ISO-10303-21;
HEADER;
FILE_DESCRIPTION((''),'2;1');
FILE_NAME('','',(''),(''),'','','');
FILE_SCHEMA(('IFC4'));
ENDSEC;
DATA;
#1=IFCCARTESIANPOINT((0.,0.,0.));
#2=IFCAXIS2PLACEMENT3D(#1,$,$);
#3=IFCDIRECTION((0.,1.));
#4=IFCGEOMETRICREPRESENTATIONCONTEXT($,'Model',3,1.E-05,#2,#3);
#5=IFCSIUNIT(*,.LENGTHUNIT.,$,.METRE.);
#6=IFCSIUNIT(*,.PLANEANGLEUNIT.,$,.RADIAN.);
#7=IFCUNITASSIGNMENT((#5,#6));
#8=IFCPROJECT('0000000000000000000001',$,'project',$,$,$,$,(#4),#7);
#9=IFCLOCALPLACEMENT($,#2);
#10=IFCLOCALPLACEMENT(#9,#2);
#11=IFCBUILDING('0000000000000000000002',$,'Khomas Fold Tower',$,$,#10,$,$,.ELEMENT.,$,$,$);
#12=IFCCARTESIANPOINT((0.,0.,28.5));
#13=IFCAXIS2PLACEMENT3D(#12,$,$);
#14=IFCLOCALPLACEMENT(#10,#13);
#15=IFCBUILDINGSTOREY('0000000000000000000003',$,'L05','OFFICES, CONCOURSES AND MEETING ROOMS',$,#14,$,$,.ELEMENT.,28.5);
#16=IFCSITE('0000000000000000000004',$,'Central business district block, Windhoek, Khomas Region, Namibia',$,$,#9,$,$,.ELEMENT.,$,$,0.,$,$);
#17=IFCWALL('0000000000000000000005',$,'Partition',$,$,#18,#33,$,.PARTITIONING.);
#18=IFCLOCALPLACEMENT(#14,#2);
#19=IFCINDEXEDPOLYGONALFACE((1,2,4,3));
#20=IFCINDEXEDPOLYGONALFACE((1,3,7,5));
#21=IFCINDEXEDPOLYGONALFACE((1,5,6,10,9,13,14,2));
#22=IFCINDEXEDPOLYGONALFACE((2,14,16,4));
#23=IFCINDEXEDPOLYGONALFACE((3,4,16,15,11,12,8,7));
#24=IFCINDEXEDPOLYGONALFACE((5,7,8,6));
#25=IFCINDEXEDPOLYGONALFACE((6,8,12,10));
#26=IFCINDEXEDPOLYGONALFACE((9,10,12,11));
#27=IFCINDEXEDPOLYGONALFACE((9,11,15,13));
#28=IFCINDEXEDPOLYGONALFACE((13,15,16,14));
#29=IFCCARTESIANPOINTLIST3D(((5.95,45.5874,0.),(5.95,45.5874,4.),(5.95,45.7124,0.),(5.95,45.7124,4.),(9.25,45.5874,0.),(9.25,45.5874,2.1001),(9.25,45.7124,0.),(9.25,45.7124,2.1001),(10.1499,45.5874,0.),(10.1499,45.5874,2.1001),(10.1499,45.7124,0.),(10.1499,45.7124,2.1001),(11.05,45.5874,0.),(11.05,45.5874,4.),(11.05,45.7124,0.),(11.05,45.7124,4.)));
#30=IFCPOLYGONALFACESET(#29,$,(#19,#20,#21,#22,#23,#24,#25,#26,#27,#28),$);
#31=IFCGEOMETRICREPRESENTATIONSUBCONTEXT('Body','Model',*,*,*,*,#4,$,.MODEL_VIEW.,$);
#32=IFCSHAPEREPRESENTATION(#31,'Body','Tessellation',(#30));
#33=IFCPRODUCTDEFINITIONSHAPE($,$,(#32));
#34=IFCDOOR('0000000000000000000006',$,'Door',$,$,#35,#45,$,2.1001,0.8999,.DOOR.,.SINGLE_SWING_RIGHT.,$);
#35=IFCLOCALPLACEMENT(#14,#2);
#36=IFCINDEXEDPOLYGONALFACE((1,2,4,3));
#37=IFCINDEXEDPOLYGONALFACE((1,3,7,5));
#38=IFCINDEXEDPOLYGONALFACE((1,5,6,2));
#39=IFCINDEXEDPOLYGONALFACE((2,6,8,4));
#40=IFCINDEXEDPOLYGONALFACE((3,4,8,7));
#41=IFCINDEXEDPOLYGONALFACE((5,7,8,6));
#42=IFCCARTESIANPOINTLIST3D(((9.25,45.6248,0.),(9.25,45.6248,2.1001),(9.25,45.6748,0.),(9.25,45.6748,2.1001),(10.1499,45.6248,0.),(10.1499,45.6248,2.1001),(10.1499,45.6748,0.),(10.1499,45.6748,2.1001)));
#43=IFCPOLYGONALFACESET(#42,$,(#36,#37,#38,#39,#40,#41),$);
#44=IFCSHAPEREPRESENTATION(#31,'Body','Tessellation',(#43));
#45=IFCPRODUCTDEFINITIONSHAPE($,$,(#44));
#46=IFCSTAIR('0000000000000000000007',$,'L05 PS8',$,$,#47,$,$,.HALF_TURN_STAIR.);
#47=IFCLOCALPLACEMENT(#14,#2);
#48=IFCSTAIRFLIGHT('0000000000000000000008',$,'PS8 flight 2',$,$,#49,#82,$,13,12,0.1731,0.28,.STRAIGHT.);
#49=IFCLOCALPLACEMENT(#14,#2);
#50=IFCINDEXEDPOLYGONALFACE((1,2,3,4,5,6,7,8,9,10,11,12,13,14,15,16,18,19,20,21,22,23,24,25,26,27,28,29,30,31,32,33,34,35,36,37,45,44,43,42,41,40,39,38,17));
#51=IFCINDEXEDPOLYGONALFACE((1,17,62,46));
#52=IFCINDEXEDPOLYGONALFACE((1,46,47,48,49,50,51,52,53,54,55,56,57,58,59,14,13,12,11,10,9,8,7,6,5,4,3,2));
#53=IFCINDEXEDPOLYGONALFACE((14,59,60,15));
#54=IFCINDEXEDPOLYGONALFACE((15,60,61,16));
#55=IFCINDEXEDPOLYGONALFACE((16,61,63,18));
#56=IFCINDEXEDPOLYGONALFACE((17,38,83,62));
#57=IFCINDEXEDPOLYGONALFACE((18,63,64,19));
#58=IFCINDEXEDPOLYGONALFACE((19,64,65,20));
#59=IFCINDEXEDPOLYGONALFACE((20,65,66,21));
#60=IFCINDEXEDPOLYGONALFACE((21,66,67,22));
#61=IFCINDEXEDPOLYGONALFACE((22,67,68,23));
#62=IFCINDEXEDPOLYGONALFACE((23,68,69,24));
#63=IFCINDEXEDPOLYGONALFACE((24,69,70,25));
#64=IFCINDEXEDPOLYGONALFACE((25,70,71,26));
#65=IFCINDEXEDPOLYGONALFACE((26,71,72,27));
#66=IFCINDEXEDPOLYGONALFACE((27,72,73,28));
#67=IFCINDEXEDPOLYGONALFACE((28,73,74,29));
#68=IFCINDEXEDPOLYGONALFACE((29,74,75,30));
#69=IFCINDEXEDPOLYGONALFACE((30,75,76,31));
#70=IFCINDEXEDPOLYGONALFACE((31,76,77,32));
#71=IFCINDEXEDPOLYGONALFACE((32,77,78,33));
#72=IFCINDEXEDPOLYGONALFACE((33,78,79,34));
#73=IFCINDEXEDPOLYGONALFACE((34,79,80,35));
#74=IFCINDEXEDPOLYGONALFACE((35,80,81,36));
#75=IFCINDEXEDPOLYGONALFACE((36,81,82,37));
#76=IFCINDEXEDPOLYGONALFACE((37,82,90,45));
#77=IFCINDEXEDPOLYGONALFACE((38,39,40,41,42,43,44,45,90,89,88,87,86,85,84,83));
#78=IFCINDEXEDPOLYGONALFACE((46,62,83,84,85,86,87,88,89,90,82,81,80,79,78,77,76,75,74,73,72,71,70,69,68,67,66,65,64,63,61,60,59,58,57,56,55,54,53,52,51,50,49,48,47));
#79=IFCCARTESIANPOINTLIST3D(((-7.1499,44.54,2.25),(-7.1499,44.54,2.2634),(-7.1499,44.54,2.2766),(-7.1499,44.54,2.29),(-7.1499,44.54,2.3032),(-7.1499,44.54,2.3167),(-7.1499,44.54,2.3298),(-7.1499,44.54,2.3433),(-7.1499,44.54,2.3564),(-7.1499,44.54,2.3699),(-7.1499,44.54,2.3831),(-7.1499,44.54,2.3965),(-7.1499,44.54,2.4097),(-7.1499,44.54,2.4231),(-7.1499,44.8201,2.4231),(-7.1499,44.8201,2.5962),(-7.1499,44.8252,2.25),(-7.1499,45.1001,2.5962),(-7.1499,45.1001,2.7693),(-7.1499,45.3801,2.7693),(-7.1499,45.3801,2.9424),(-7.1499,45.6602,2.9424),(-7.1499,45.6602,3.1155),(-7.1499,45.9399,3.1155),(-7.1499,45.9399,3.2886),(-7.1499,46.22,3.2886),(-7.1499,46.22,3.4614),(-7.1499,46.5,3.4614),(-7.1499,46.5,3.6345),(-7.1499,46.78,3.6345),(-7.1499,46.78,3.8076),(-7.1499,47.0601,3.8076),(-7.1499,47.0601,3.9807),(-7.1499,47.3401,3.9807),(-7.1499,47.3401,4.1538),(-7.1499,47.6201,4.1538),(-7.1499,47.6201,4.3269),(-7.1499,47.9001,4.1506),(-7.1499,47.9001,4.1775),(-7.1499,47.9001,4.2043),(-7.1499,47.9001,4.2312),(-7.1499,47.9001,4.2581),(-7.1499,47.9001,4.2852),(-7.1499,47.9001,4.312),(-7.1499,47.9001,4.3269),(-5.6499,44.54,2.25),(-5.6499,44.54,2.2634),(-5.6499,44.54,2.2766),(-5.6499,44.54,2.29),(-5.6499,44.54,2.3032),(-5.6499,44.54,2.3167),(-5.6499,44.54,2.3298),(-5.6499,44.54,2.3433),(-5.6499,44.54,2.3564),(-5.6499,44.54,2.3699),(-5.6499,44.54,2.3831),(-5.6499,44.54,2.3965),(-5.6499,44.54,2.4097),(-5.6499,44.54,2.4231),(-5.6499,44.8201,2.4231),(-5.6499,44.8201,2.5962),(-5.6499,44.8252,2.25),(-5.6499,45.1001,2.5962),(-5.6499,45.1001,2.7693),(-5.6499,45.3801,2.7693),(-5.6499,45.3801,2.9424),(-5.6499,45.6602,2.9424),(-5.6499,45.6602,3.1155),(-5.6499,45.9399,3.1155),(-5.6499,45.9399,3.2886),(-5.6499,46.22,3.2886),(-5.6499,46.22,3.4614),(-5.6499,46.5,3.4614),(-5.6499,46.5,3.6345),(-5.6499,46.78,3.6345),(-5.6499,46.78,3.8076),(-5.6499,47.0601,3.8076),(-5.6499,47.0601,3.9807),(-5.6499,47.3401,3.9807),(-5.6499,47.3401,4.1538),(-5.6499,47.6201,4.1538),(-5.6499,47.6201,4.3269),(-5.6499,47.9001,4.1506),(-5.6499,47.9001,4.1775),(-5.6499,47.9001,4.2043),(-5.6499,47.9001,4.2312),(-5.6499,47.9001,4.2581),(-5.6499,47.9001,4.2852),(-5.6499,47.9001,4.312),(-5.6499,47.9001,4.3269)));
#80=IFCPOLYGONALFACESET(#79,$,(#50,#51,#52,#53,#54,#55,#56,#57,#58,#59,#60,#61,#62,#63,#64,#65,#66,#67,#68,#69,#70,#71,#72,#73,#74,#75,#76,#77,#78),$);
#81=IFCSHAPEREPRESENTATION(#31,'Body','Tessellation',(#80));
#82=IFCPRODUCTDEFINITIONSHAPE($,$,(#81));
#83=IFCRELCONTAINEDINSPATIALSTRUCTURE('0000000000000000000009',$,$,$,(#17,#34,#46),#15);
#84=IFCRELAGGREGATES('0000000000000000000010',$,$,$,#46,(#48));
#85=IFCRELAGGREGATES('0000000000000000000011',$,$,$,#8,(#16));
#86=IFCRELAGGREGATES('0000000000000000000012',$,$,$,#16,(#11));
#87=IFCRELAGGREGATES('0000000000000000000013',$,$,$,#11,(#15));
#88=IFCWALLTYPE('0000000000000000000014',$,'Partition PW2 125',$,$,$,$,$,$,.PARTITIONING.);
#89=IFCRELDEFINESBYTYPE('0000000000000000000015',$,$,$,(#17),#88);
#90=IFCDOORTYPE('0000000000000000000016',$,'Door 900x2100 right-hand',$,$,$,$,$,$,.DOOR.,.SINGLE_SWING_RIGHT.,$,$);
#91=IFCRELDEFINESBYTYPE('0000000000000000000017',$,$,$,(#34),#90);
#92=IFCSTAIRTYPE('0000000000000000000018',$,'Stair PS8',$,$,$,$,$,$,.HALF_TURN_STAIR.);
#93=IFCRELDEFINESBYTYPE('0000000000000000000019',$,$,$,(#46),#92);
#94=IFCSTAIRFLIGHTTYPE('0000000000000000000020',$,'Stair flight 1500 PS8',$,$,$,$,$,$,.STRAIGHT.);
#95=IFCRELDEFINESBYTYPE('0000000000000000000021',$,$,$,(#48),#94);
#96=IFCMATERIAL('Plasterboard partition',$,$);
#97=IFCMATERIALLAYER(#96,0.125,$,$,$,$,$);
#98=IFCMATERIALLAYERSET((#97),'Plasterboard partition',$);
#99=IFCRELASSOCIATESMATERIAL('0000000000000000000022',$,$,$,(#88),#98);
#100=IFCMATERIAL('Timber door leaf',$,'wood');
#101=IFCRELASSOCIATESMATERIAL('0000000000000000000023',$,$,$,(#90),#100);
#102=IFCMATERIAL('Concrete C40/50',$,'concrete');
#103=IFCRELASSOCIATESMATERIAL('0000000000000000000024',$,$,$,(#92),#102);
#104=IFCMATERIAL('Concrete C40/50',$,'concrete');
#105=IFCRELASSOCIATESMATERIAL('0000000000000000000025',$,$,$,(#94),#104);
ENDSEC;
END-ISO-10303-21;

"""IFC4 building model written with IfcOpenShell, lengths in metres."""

from ifc_helpers import new_model, si_unit, direction, frame, frame_2d, origin, place, context, subcontext, project, spatial, polyline, rectangle, outline, extrude, source, transform, mapped, material, layer, layer_set, type_object, element, fill, aggregate, save


model = new_model("IFC4")

# Units and contexts
model_context = context("Model", 3, precision=1e-05, world=origin(), true_north=direction((0.0, 1.0)))
body_context = subcontext(model_context, "Body", "Model", "MODEL_VIEW")
ifc_project = project(units=[si_unit("LENGTHUNIT", "METRE"), si_unit("PLANEANGLEUNIT", "RADIAN")], contexts=[model_context])

# Site, building, storey
site_placement = place(None, origin())
site = spatial("IfcSite", under=ifc_project, at=site_placement, Name="Central business district block, Windhoek, Khomas Region, Namibia", CompositionType="ELEMENT", RefElevation=0.0)
building_placement = place(site_placement, origin())
building = spatial("IfcBuilding", under=site, at=building_placement, Name="Khomas Fold Tower", CompositionType="ELEMENT")
storey_placement = place(building_placement, frame((0.0, 0.0, 28.5)))
storey = spatial("IfcBuildingStorey", under=building, at=storey_placement, Name="L05", Description="OFFICES, CONCOURSES AND MEETING ROOMS", CompositionType="ELEMENT", Elevation=28.5)

# Wall, opening, door
ifc_material_1 = material(Name="Plasterboard partition")
ifc_layer_1 = layer(ifc_material_1, 0.125)
ifc_layer_set_1 = layer_set([ifc_layer_1], Name="Plasterboard partition")
wall_type_1 = type_object("IfcWallType", Name="Partition PW2 125", PredefinedType="PARTITIONING", material=ifc_layer_set_1)
shared_shape_1 = source(origin(), body_context, "Body", "SweptSolid", [
    extrude(rectangle(XDim=5.1001, YDim=0.125, at=frame_2d((2.55, 0.0))), origin(), (0.0, 0.0, 1.0), 4.0),
])
wall_1_placement = place(storey_placement, frame((5.95, 45.6499, 0.0), z_axis=(0.0, 0.0, 1.0), x_axis=(1.0, 0.0, 0.0)))
wall_1 = element("IfcWall", 1, at=wall_1_placement, inside=storey, type_object=wall_type_1, Name="Partition", PredefinedType="PARTITIONING", context=body_context, shape_type="MappedRepresentation", body=[
    mapped(shared_shape_1, transform((0.0, 0.0, 0.0))),
])
shared_shape_2 = source(origin(), body_context, "Body", "SweptSolid", [
    extrude(rectangle(XDim=0.8999, YDim=2.1001, at=frame_2d((0.45, 1.05))), frame((0.0, 0.0725, 0.0), z_axis=(0.0, -1.0, 0.0), x_axis=(1.0, 0.0, 0.0)), (0.0, 0.0, 1.0), 0.145),
])
opening_1_placement = place(wall_1_placement, frame((3.3, 0.0, 0.0)))
opening_1 = element("IfcOpeningElement", 2, at=opening_1_placement, cuts=wall_1, PredefinedType="OPENING", context=body_context, shape_type="MappedRepresentation", body=[
    mapped(shared_shape_2, transform((0.0, 0.0, 0.0))),
])
ifc_material_2 = material(Name="Timber door leaf", Category="wood")
door_type_1 = type_object("IfcDoorType", Name="Door 900x2100 right-hand", OperationType="SINGLE_SWING_RIGHT", PredefinedType="DOOR", material=ifc_material_2)
shared_shape_3 = source(origin(), body_context, "Body", "SweptSolid", [
    extrude(rectangle(XDim=0.8999, YDim=2.1001, at=frame_2d((0.45, 1.05))), frame((0.0, 0.0249, 0.0), z_axis=(0.0, -1.0, 0.0), x_axis=(1.0, 0.0, 0.0)), (0.0, 0.0, 1.0), 0.05),
])
door_1_placement = place(opening_1_placement, origin())
door_1 = element("IfcDoor", 3, at=door_1_placement, inside=storey, type_object=door_type_1, Name="Door", OperationType="SINGLE_SWING_RIGHT", OverallHeight=2.1001, OverallWidth=0.8999, PredefinedType="DOOR", context=body_context, shape_type="MappedRepresentation", body=[
    mapped(shared_shape_3, transform((0.0, 0.0, 0.0))),
])
fill(opening_1, door_1)

# Stair, stair flight
ifc_material_3 = material(Name="Concrete C40/50", Category="concrete")
stair_type = type_object("IfcStairType", Name="Stair PS8", PredefinedType="HALF_TURN_STAIR", material=ifc_material_3)
stair_placement = place(storey_placement, origin())
stair = element("IfcStair", 4, at=stair_placement, inside=storey, type_object=stair_type, Name="L05 PS8", PredefinedType="HALF_TURN_STAIR")
ifc_material_4 = material(Name="Concrete C40/50", Category="concrete")
stair_flight_type = type_object("IfcStairFlightType", Name="Stair flight 1500 PS8", PredefinedType="STRAIGHT", material=ifc_material_4)
shared_shape_4 = source(origin(), body_context, "Body", "SweptSolid", [
    extrude(outline(polyline([(0.0, 0.0), (0.0, 0.0134), (0.0, 0.0266), (0.0, 0.04), (0.0, 0.0532), (0.0, 0.0667), (0.0, 0.0798), (0.0, 0.0933), (0.0, 0.1064), (0.0, 0.1199), (0.0, 0.1331), (0.0, 0.1465), (0.0, 0.1597), (0.0, 0.1731), (0.28, 0.1731), (0.28, 0.3462), (0.5601, 0.3462), (0.5601, 0.5193), (0.8401, 0.5193), (0.8401, 0.6924), (1.1201, 0.6924), (1.1201, 0.8655), (1.3999, 0.8655), (1.3999, 1.0386), (1.6799, 1.0386), (1.6799, 1.2114), (1.96, 1.2114), (1.96, 1.3845), (2.24, 1.3845), (2.24, 1.5576), (2.52, 1.5576), (2.52, 1.7307), (2.8, 1.7307), (2.8, 1.9038), (3.0801, 1.9038), (3.0801, 2.0769), (3.3601, 2.0769), (3.3601, 2.25), (3.3601, 2.2231), (3.3601, 2.1963), (3.3601, 2.1694), (3.3601, 2.1426), (3.3601, 2.1157), (3.3601, 2.0889), (3.3601, 2.062), (3.3601, 2.0352), (3.3601, 2.0081), (3.3601, 1.9812), (3.3601, 1.9543), (3.3601, 1.9275), (3.3601, 1.9006), (0.2852, 0.0), (0.0, 0.0)])), frame((0.0, 0.75, 0.0), z_axis=(0.0, -1.0, 0.0), x_axis=(1.0, 0.0, 0.0)), (0.0, 0.0, 1.0), 1.5),
])
stair_flight_placement = place(storey_placement, frame((-6.3999, 44.54, 2.25), z_axis=(0.0, 0.0, 1.0), x_axis=(0.0, 1.0, 0.0)))
stair_flight = element("IfcStairFlight", 5, at=stair_flight_placement, type_object=stair_flight_type, Name="PS8 flight 2", NumberOfRisers=13, NumberOfTreads=12, PredefinedType="STRAIGHT", RiserHeight=0.1731, TreadLength=0.28, context=body_context, shape_type="MappedRepresentation", body=[
    mapped(shared_shape_4, transform((0.0, 0.0, 0.0))),
])
aggregate(stair, [stair_flight])

save(model, "model.ifc")
